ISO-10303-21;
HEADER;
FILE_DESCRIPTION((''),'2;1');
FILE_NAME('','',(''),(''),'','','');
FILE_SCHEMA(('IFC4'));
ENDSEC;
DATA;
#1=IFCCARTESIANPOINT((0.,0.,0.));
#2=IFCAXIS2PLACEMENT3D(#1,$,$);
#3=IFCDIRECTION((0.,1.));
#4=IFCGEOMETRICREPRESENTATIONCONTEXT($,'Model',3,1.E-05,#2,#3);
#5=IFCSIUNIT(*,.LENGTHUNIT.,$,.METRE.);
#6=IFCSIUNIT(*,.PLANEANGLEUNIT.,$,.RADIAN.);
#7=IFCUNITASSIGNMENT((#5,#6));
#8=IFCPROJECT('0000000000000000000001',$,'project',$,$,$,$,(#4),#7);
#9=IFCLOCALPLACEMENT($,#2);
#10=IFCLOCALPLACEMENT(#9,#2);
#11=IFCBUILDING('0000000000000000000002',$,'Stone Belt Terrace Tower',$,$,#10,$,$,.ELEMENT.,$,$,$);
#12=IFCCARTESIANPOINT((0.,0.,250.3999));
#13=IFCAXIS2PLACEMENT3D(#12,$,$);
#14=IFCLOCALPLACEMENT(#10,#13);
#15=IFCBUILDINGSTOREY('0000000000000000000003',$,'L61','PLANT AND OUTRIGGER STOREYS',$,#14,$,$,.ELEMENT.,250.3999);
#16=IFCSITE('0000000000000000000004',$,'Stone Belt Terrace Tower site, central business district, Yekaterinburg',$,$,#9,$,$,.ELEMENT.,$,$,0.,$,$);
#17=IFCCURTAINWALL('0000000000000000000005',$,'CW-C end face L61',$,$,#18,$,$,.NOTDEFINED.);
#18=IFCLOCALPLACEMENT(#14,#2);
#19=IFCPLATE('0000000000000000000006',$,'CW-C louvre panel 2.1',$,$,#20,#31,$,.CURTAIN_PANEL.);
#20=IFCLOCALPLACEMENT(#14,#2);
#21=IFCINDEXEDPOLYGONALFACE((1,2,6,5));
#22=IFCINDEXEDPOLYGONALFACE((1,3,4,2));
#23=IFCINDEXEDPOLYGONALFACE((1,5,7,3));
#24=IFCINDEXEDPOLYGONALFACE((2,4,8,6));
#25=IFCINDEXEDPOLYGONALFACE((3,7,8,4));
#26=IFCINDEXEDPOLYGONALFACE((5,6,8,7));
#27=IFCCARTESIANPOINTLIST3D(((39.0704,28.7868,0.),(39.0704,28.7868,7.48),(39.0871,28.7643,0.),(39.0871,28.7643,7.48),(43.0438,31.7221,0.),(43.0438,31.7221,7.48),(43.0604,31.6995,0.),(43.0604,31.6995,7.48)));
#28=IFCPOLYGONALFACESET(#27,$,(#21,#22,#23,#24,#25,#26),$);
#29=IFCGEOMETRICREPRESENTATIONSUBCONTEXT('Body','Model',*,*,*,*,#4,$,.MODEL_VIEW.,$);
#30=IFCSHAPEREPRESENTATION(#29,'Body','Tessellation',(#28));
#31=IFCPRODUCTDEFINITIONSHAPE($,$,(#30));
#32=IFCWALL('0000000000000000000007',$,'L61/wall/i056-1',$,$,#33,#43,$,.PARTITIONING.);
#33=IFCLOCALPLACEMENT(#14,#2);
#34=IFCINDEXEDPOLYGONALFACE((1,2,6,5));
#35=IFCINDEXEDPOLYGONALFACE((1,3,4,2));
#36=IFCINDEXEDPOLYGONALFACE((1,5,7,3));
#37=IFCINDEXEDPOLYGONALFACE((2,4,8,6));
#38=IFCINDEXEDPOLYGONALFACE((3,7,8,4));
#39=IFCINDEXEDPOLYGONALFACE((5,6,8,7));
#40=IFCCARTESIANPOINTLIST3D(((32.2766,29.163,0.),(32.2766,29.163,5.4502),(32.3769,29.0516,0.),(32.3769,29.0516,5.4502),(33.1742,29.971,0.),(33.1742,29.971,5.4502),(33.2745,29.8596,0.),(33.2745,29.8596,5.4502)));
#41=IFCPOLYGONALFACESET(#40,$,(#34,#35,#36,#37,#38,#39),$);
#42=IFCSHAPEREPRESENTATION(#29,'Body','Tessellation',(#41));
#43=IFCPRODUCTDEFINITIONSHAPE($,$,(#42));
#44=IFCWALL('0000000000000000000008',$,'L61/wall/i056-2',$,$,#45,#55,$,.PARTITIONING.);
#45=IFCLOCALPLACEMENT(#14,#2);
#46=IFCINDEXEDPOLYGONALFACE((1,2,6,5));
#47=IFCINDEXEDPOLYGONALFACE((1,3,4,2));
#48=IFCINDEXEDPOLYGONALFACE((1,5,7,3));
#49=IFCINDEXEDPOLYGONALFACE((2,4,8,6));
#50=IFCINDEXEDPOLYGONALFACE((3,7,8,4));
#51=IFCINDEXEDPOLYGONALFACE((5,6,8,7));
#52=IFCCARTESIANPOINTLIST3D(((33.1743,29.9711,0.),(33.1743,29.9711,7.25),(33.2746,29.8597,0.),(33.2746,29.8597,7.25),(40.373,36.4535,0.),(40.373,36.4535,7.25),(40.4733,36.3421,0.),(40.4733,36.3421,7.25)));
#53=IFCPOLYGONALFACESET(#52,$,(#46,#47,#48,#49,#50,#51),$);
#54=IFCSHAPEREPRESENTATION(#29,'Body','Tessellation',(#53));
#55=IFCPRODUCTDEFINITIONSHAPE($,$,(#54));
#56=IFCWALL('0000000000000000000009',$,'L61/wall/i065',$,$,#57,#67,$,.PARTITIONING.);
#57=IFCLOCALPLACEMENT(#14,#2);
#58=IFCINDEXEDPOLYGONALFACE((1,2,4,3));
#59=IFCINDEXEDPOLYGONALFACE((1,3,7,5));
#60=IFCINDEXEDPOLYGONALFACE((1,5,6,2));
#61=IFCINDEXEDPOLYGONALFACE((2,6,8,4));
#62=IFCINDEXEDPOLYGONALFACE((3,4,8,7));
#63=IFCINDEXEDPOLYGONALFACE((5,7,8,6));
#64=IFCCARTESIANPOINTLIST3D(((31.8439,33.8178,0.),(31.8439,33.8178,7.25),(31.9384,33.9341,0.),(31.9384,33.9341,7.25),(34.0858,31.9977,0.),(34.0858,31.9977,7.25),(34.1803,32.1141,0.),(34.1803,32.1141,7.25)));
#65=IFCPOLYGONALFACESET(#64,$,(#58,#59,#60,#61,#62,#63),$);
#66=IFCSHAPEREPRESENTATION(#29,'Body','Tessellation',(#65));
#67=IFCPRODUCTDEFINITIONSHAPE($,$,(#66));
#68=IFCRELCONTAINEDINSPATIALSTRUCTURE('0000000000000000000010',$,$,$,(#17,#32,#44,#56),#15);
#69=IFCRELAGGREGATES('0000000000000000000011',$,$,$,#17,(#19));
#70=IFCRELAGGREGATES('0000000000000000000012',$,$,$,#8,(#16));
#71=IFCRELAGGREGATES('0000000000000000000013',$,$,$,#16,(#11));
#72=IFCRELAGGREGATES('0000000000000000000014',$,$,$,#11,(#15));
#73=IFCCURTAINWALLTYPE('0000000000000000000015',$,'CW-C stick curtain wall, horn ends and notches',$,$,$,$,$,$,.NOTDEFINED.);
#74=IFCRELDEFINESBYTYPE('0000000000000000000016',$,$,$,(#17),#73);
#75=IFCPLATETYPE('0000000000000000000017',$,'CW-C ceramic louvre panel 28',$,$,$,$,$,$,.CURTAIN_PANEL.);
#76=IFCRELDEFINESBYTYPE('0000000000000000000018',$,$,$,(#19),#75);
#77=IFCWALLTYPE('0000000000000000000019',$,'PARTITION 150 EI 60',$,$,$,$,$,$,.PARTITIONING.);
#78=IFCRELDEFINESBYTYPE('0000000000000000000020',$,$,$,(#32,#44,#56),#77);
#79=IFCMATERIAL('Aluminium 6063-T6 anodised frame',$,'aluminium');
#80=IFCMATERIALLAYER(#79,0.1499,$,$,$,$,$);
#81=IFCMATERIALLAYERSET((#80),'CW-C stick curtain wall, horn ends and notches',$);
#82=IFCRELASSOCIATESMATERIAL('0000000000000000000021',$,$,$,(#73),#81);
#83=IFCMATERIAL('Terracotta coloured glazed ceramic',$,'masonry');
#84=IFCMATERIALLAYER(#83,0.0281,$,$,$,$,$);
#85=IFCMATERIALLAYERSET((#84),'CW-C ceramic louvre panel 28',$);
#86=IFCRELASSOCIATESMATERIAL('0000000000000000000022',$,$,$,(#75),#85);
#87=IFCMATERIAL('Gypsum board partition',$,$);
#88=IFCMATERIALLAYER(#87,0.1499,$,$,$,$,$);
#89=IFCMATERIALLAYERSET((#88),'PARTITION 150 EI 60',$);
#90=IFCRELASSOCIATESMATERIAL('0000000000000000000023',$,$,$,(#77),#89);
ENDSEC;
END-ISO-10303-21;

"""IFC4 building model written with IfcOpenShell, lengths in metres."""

from ifc_helpers import new_model, si_unit, direction, frame, frame_2d, origin, origin_2d, place, context, subcontext, project, spatial, rectangle, extrude, material, layer, layer_set, type_object, element, aggregate, save


model = new_model("IFC4")

# Units and contexts
model_context = context("Model", 3, precision=1e-05, world=origin(), true_north=direction((0.0, 1.0)))
body_context = subcontext(model_context, "Body", "Model", "MODEL_VIEW")
ifc_project = project(units=[si_unit("LENGTHUNIT", "METRE"), si_unit("PLANEANGLEUNIT", "RADIAN")], contexts=[model_context])

# Site, building, storey
site_placement = place(None, origin())
site = spatial("IfcSite", under=ifc_project, at=site_placement, Name="Stone Belt Terrace Tower site, central business district, Yekaterinburg", CompositionType="ELEMENT", RefElevation=0.0)
building_placement = place(site_placement, origin())
building = spatial("IfcBuilding", under=site, at=building_placement, Name="Stone Belt Terrace Tower", CompositionType="ELEMENT")
storey_placement = place(building_placement, frame((0.0, 0.0, 250.3999)))
storey = spatial("IfcBuildingStorey", under=building, at=storey_placement, Name="L61", Description="PLANT AND OUTRIGGER STOREYS", CompositionType="ELEMENT", Elevation=250.3999)

# Curtain wall
ifc_material_1 = material(Name="Aluminium 6063-T6 anodised frame", Category="aluminium")
ifc_layer_1 = layer(ifc_material_1, 0.1499)
ifc_layer_set_1 = layer_set([ifc_layer_1], Name="CW-C stick curtain wall, horn ends and notches")
curtain_wall_type_1 = type_object("IfcCurtainWallType", Name="CW-C stick curtain wall, horn ends and notches", PredefinedType="NOTDEFINED", material=ifc_layer_set_1)
curtain_wall_1_placement = place(storey_placement, origin())
curtain_wall_1 = element("IfcCurtainWall", 1, at=curtain_wall_1_placement, inside=storey, type_object=curtain_wall_type_1, Name="CW-C end face L61", PredefinedType="NOTDEFINED")

# Plate
ifc_material_2 = material(Name="Terracotta coloured glazed ceramic", Category="masonry")
ifc_layer_2 = layer(ifc_material_2, 0.0281)
ifc_layer_set_2 = layer_set([ifc_layer_2], Name="CW-C ceramic louvre panel 28")
plate_type_1 = type_object("IfcPlateType", Name="CW-C ceramic louvre panel 28", PredefinedType="CURTAIN_PANEL", material=ifc_layer_set_2)
plate_1_placement = place(storey_placement, frame((41.0654, 30.2432, 0.0), z_axis=(0.0, 0.0, 1.0), x_axis=(0.804329, 0.594184, 0.0)))
plate_1 = element("IfcPlate", 2, at=plate_1_placement, type_object=plate_type_1, Name="CW-C louvre panel 2.1", PredefinedType="CURTAIN_PANEL", context=body_context, shape_type="SweptSolid", body=[
    extrude(rectangle(XDim=4.9399, YDim=0.0281, at=origin_2d()), origin(), (0.0, 0.0, 1.0), 7.48),
])
aggregate(curtain_wall_1, [plate_1])

# Walls
ifc_material_3 = material(Name="Gypsum board partition")
ifc_layer_3 = layer(ifc_material_3, 0.1499)
ifc_layer_set_3 = layer_set([ifc_layer_3], Name="PARTITION 150 EI 60")
wall_type = type_object("IfcWallType", Name="PARTITION 150 EI 60", PredefinedType="PARTITIONING", material=ifc_layer_set_3)
wall_1_placement = place(storey_placement, frame((32.3267, 29.1072, 0.0), z_axis=(0.0, 0.0, 1.0), x_axis=(0.743224, 0.669043, 0.0)))
element("IfcWall", 3, at=wall_1_placement, inside=storey, type_object=wall_type, Name="L61/wall/i056-1", PredefinedType="PARTITIONING", context=body_context, shape_type="SweptSolid", body=[
    extrude(rectangle(XDim=1.2078, YDim=0.1499, at=frame_2d((0.604, 0.0))), origin(), (0.0, 0.0, 1.0), 5.4502),
])
wall_2_placement = place(storey_placement, frame((33.2244, 29.9153, 0.0), z_axis=(0.0, 0.0, 1.0), x_axis=(0.743111, 0.669168, 0.0)))
element("IfcWall", 4, at=wall_2_placement, inside=storey, type_object=wall_type, Name="L61/wall/i056-2", PredefinedType="PARTITIONING", context=body_context, shape_type="SweptSolid", body=[
    extrude(rectangle(XDim=9.6873, YDim=0.1499, at=frame_2d((4.8438, 0.0))), origin(), (0.0, 0.0, 1.0), 7.25),
])
wall_3_placement = place(storey_placement, frame((34.1331, 32.0559, 0.0), z_axis=(0.0, 0.0, 1.0), x_axis=(-0.77637, 0.630277, 0.0)))
element("IfcWall", 5, at=wall_3_placement, inside=storey, type_object=wall_type, Name="L61/wall/i065", PredefinedType="PARTITIONING", context=body_context, shape_type="SweptSolid", body=[
    extrude(rectangle(XDim=2.8877, YDim=0.1499, at=frame_2d((1.4438, 0.0))), origin(), (0.0, 0.0, 1.0), 7.25),
])

save(model, "model.ifc")
